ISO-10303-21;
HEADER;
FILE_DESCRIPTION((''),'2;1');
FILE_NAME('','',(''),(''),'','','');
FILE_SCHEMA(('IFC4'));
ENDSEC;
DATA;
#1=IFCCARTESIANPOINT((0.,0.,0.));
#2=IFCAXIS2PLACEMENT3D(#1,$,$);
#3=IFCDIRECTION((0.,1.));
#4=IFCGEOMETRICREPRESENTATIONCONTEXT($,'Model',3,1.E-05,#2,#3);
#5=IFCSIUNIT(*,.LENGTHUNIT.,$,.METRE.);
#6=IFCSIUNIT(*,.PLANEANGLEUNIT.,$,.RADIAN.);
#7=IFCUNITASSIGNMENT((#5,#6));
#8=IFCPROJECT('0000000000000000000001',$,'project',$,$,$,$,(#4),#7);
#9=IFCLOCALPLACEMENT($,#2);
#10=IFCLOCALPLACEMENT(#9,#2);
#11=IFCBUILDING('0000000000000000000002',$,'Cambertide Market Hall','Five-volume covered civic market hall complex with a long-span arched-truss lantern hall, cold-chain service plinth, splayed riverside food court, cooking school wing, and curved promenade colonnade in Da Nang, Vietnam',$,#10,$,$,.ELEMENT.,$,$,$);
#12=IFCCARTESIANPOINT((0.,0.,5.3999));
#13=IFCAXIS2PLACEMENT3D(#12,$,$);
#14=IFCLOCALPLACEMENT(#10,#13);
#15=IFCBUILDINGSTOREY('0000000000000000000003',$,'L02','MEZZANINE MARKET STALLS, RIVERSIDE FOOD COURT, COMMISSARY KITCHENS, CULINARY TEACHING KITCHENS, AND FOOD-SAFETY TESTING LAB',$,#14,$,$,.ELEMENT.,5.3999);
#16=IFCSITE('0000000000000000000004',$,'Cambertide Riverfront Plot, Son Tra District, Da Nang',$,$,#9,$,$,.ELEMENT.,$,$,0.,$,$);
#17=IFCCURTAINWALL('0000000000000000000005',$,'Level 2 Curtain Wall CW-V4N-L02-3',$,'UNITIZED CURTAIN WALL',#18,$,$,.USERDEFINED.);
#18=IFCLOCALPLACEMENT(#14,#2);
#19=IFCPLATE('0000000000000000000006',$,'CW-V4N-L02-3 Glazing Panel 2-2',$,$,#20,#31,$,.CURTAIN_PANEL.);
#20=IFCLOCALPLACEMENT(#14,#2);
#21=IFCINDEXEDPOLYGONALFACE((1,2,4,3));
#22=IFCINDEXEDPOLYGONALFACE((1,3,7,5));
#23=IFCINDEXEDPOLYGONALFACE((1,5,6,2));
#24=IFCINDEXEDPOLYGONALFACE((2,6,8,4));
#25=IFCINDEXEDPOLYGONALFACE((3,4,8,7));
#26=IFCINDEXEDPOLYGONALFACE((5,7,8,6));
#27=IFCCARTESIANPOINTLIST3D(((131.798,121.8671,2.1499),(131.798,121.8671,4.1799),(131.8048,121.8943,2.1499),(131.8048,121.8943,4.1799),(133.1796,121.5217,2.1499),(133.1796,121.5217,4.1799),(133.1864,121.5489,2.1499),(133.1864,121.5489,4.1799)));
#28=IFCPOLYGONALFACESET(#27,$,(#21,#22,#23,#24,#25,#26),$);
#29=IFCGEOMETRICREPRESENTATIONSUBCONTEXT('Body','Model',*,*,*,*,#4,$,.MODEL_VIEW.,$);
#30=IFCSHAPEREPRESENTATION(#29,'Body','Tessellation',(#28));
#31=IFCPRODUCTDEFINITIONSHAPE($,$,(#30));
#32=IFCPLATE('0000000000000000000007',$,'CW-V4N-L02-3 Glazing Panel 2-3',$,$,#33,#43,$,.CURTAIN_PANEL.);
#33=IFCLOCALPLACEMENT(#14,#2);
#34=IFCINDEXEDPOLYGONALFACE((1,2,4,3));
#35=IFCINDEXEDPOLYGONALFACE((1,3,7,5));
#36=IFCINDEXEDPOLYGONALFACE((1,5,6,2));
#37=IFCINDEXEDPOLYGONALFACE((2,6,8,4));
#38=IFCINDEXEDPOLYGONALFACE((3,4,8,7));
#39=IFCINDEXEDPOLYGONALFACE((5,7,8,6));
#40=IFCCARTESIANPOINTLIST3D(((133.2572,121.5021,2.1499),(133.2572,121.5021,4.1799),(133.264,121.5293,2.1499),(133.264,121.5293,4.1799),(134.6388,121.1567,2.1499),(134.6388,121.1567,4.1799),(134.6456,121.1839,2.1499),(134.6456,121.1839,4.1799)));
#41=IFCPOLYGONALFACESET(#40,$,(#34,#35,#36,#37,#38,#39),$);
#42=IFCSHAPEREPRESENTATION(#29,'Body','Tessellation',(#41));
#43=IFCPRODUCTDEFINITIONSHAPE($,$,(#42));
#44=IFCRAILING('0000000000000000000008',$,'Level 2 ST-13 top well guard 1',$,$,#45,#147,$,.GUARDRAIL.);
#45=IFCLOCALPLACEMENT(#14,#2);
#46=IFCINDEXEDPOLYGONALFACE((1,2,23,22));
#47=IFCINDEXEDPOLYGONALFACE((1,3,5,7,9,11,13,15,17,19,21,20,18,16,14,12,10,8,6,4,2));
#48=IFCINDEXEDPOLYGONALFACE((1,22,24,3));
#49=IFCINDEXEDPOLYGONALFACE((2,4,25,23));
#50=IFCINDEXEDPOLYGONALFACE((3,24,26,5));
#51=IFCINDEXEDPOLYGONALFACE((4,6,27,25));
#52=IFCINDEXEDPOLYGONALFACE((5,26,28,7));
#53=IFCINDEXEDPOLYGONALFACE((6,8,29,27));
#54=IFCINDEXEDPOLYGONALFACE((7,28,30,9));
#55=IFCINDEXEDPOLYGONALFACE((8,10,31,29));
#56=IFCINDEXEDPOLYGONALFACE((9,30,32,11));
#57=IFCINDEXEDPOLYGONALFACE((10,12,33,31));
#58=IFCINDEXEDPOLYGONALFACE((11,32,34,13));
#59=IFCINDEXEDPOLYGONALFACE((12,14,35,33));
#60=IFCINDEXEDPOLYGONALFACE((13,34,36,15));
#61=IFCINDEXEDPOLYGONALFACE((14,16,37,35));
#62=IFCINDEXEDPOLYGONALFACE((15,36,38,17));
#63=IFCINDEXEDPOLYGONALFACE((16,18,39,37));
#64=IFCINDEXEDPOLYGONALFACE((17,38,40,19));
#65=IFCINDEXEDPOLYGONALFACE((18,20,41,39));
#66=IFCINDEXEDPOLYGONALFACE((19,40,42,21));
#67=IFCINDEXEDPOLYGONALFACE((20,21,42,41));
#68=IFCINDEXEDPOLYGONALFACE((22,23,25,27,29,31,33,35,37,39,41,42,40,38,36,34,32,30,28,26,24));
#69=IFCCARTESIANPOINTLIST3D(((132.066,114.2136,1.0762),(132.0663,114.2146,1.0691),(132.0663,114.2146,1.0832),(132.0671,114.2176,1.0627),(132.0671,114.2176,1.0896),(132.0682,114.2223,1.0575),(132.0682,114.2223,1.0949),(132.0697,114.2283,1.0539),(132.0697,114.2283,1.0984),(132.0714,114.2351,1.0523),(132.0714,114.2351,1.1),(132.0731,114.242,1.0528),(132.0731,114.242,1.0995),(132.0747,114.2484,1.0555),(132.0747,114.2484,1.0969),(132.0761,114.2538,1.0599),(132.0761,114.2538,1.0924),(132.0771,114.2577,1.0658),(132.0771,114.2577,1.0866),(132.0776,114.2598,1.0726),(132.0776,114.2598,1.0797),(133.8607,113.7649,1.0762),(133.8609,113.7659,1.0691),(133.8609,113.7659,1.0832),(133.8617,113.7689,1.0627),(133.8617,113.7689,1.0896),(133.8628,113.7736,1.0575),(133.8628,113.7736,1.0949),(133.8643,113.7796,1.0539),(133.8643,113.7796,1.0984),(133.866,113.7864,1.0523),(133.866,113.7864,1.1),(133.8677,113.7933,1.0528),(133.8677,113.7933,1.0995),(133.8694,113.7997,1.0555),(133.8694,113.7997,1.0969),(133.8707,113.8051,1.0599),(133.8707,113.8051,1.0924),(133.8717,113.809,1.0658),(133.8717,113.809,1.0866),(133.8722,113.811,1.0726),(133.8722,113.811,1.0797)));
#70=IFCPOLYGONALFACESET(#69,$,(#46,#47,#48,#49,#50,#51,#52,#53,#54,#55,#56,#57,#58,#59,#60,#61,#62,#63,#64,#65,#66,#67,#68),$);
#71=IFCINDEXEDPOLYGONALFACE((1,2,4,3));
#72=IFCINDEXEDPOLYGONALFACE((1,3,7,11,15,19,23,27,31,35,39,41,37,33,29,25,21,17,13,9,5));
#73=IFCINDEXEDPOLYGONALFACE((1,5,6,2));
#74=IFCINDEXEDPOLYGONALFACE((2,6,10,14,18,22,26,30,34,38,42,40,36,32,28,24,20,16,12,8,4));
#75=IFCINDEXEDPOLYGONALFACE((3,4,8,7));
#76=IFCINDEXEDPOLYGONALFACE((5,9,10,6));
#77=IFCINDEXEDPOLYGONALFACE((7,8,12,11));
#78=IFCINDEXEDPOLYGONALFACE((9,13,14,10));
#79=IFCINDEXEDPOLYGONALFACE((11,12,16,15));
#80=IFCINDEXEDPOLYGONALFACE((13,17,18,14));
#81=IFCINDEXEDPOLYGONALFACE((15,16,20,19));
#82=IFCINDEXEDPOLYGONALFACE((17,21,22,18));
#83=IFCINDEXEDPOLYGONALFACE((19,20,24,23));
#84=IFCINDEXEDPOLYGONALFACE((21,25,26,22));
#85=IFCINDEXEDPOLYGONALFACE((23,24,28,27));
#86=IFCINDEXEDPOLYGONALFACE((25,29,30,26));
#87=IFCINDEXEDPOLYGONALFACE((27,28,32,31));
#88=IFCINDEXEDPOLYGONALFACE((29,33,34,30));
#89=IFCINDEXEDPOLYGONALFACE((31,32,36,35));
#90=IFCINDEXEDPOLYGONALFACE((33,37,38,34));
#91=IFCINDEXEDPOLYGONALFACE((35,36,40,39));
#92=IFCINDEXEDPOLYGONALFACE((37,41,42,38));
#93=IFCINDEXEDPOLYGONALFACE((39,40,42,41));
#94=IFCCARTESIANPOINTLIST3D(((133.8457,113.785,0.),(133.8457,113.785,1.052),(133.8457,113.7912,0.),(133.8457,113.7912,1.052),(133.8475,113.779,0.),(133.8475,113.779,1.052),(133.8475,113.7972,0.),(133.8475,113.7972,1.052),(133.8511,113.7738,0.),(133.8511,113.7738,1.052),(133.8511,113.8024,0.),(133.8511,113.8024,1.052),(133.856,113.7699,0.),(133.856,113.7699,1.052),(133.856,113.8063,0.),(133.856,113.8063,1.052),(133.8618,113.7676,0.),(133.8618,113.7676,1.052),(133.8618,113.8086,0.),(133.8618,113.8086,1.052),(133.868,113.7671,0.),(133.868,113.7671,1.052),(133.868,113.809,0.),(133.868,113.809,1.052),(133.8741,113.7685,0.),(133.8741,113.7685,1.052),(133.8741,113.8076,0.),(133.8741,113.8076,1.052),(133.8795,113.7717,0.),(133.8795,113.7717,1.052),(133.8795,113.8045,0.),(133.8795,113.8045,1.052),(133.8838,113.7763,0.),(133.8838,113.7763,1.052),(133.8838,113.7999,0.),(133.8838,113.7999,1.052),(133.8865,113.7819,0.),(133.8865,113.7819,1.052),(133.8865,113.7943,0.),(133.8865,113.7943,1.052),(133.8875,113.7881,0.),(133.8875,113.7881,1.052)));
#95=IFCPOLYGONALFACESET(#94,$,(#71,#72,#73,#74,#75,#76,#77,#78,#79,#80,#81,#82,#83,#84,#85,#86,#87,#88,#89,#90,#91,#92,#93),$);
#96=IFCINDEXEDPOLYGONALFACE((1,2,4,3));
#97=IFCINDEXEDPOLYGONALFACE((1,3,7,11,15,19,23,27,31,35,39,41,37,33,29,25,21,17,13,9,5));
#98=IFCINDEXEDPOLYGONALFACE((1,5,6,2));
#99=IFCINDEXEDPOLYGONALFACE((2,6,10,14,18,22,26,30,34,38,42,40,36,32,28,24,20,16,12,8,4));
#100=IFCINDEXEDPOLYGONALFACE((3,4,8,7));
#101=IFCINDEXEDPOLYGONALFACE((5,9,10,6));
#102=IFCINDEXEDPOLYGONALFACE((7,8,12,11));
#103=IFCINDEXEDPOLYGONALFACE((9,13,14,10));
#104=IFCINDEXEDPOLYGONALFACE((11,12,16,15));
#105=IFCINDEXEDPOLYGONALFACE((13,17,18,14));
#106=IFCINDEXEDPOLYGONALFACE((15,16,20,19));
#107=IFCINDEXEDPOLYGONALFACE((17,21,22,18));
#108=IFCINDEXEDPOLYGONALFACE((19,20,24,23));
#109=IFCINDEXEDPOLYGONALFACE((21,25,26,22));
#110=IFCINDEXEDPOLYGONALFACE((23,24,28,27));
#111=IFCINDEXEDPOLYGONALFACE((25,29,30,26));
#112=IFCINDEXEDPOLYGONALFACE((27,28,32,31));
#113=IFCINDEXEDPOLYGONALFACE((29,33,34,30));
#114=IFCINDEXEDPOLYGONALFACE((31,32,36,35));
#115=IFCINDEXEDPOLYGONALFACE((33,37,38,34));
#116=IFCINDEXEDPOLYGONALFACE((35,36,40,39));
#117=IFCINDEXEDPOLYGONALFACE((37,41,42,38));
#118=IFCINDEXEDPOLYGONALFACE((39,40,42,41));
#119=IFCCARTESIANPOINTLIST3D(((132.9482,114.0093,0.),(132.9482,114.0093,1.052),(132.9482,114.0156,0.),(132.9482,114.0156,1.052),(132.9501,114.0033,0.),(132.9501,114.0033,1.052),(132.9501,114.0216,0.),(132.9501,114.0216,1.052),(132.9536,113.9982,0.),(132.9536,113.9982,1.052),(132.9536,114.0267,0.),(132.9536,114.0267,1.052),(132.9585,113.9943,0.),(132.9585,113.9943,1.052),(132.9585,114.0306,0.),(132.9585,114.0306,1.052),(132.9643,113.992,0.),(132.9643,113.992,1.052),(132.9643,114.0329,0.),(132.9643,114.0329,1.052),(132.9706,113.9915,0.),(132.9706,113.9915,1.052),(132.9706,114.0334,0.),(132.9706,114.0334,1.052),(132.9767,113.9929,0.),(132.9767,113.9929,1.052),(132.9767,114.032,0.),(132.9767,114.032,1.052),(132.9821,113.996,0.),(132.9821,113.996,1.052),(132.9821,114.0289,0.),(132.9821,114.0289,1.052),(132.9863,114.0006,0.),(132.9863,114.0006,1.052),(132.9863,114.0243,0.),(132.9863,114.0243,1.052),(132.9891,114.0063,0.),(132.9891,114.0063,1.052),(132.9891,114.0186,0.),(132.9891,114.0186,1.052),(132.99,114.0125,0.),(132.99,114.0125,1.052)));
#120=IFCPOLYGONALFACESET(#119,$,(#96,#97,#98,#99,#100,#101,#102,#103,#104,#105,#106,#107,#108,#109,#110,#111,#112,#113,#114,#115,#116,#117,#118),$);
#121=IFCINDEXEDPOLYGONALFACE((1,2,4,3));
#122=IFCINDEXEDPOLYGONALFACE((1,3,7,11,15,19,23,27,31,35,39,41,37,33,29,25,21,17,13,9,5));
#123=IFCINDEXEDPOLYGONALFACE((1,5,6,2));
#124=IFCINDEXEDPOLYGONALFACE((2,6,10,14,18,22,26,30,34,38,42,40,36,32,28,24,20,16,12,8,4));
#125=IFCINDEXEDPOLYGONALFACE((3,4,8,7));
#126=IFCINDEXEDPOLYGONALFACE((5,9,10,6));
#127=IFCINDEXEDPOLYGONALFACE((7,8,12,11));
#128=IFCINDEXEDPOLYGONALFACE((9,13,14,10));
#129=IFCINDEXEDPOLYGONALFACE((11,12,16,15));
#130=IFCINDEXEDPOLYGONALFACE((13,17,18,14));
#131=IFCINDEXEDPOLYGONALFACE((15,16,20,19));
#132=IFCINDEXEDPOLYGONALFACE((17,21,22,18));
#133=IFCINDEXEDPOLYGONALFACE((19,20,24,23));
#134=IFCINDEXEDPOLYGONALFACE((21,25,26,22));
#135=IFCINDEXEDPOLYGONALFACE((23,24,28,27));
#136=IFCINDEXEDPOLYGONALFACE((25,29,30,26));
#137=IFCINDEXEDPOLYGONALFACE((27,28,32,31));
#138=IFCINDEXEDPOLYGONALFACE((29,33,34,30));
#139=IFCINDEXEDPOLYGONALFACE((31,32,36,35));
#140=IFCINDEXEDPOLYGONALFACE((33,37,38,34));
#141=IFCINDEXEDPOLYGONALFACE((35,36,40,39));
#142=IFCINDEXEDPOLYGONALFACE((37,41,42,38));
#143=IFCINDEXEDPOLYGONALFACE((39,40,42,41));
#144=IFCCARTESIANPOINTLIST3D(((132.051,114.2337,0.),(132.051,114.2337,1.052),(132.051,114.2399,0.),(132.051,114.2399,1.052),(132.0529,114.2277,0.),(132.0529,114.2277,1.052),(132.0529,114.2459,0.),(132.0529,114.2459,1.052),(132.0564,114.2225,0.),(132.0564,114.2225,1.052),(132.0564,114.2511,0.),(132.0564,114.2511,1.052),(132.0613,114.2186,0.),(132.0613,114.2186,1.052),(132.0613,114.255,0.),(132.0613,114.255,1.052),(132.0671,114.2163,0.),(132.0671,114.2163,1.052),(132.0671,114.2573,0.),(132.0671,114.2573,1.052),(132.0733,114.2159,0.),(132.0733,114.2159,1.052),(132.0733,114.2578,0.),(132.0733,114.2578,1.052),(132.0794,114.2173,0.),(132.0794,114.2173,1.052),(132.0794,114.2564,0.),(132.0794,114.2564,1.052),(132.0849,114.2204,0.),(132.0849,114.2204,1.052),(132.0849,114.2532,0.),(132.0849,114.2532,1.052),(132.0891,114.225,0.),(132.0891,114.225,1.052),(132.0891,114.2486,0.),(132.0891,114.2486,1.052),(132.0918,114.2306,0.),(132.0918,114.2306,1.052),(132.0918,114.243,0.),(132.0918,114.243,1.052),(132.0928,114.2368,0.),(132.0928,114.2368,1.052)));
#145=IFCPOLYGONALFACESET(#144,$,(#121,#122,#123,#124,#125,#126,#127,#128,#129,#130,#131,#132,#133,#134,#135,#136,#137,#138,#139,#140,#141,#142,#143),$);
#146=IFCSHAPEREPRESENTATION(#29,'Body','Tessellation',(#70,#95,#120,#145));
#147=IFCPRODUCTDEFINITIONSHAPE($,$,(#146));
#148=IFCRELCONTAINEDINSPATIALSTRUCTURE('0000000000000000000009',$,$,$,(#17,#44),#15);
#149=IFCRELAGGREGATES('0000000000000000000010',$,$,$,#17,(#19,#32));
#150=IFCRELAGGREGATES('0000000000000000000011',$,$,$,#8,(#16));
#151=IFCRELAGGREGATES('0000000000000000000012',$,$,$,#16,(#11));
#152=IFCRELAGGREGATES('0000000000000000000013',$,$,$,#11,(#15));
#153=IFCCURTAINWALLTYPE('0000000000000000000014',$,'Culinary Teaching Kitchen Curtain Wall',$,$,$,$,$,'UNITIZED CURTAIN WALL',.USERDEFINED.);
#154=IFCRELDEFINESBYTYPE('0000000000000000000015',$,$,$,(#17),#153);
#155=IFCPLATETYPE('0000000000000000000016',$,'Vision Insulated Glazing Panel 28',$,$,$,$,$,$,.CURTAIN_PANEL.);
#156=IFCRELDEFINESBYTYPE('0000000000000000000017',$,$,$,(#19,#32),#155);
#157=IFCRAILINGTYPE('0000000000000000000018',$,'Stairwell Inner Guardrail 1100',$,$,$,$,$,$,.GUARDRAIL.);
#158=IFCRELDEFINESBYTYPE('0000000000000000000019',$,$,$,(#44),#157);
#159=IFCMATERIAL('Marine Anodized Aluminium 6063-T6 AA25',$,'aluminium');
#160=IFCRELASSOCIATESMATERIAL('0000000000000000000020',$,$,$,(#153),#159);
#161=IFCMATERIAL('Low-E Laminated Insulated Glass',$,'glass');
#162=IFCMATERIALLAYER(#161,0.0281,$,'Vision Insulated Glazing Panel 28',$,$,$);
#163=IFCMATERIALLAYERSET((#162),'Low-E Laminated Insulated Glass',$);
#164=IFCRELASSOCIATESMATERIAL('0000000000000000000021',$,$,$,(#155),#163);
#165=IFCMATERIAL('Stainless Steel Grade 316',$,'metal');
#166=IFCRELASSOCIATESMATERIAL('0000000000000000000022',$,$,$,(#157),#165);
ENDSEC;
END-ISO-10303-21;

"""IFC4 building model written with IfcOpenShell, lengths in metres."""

from ifc_helpers import new_model, si_unit, direction, frame, origin, origin_2d, place, context, subcontext, project, spatial, rectangle, circle, extrude, material, layer, layer_set, type_object, element, aggregate, save


model = new_model("IFC4")

# Units and contexts
model_context = context("Model", 3, precision=1e-05, world=origin(), true_north=direction((0.0, 1.0)))
body_context = subcontext(model_context, "Body", "Model", "MODEL_VIEW")
ifc_project = project(units=[si_unit("LENGTHUNIT", "METRE"), si_unit("PLANEANGLEUNIT", "RADIAN")], contexts=[model_context])

# Site, building, storey
site_placement = place(None, origin())
site = spatial("IfcSite", under=ifc_project, at=site_placement, Name="Cambertide Riverfront Plot, Son Tra District, Da Nang", CompositionType="ELEMENT", RefElevation=0.0)
building_placement = place(site_placement, origin())
building = spatial("IfcBuilding", under=site, at=building_placement, Name="Cambertide Market Hall", Description="Five-volume covered civic market hall complex with a long-span arched-truss lantern hall, cold-chain service plinth, splayed riverside food court, cooking school wing, and curved promenade colonnade in Da Nang, Vietnam", CompositionType="ELEMENT")
storey_placement = place(building_placement, frame((0.0, 0.0, 5.3999)))
storey = spatial("IfcBuildingStorey", under=building, at=storey_placement, Name="L02", Description="MEZZANINE MARKET STALLS, RIVERSIDE FOOD COURT, COMMISSARY KITCHENS, CULINARY TEACHING KITCHENS, AND FOOD-SAFETY TESTING LAB", CompositionType="ELEMENT", Elevation=5.3999)

# Curtain wall
ifc_material_1 = material(Name="Marine Anodized Aluminium 6063-T6 AA25", Category="aluminium")
curtain_wall_type = type_object("IfcCurtainWallType", Name="Culinary Teaching Kitchen Curtain Wall", ElementType="UNITIZED CURTAIN WALL", PredefinedType="USERDEFINED", material=ifc_material_1)
curtain_wall_placement = place(storey_placement, origin())
curtain_wall = element("IfcCurtainWall", 1, at=curtain_wall_placement, inside=storey, type_object=curtain_wall_type, Name="Level 2 Curtain Wall CW-V4N-L02-3", ObjectType="UNITIZED CURTAIN WALL", PredefinedType="USERDEFINED")

# Plates
ifc_material_2 = material(Name="Low-E Laminated Insulated Glass", Category="glass")
ifc_layer_1 = layer(ifc_material_2, 0.0281, Name="Vision Insulated Glazing Panel 28")
ifc_layer_set_1 = layer_set([ifc_layer_1], Name="Low-E Laminated Insulated Glass")
plate_type = type_object("IfcPlateType", Name="Vision Insulated Glazing Panel 28", PredefinedType="CURTAIN_PANEL", material=ifc_layer_set_1)
plate_1_placement = place(storey_placement, frame((132.4922, 121.708, 2.1499), z_axis=(0.0, 0.0, 1.0), x_axis=(0.970143, -0.242536, 0.0)))
plate_1 = element("IfcPlate", 2, at=plate_1_placement, type_object=plate_type, Name="CW-V4N-L02-3 Glazing Panel 2-2", PredefinedType="CURTAIN_PANEL", context=body_context, shape_type="SweptSolid", body=[
    extrude(rectangle(XDim=1.4241, YDim=0.0281, at=origin_2d()), origin(), (0.0, 0.0, 1.0), 2.03),
])
plate_2_placement = place(storey_placement, frame((133.9514, 121.343, 2.1499), z_axis=(0.0, 0.0, 1.0), x_axis=(0.970143, -0.242536, 0.0)))
plate_2 = element("IfcPlate", 3, at=plate_2_placement, type_object=plate_type, Name="CW-V4N-L02-3 Glazing Panel 2-3", PredefinedType="CURTAIN_PANEL", context=body_context, shape_type="SweptSolid", body=[
    extrude(rectangle(XDim=1.4241, YDim=0.0281, at=origin_2d()), origin(), (0.0, 0.0, 1.0), 2.03),
])
aggregate(curtain_wall, [plate_1, plate_2])

# Railing
ifc_material_3 = material(Name="Stainless Steel Grade 316", Category="metal")
railing_type = type_object("IfcRailingType", Name="Stairwell Inner Guardrail 1100", PredefinedType="GUARDRAIL", material=ifc_material_3)
railing_1_placement = place(storey_placement, frame((133.8665, 113.7881, 0.0)))
element("IfcRailing", 4, at=railing_1_placement, inside=storey, type_object=railing_type, Name="Level 2 ST-13 top well guard 1", PredefinedType="GUARDRAIL", context=body_context, shape_type="SweptSolid", body=[
    extrude(circle(Radius=0.0239, at=origin_2d()), frame((0.0, 0.0, 1.0762), z_axis=(-0.970135, 0.242567, 0.0), x_axis=(-0.242567, -0.970135, 0.0)), (0.0, 0.0, 1.0), 1.8499),
    extrude(circle(Radius=0.021, at=origin_2d()), origin(), (0.0, 0.0, 1.0), 1.052),
    extrude(circle(Radius=0.021, at=origin_2d()), frame((-0.8975, 0.2244, 0.0)), (0.0, 0.0, 1.0), 1.052),
    extrude(circle(Radius=0.021, at=origin_2d()), frame((-1.7947, 0.4487, 0.0)), (0.0, 0.0, 1.0), 1.052),
])

save(model, "model.ifc")
